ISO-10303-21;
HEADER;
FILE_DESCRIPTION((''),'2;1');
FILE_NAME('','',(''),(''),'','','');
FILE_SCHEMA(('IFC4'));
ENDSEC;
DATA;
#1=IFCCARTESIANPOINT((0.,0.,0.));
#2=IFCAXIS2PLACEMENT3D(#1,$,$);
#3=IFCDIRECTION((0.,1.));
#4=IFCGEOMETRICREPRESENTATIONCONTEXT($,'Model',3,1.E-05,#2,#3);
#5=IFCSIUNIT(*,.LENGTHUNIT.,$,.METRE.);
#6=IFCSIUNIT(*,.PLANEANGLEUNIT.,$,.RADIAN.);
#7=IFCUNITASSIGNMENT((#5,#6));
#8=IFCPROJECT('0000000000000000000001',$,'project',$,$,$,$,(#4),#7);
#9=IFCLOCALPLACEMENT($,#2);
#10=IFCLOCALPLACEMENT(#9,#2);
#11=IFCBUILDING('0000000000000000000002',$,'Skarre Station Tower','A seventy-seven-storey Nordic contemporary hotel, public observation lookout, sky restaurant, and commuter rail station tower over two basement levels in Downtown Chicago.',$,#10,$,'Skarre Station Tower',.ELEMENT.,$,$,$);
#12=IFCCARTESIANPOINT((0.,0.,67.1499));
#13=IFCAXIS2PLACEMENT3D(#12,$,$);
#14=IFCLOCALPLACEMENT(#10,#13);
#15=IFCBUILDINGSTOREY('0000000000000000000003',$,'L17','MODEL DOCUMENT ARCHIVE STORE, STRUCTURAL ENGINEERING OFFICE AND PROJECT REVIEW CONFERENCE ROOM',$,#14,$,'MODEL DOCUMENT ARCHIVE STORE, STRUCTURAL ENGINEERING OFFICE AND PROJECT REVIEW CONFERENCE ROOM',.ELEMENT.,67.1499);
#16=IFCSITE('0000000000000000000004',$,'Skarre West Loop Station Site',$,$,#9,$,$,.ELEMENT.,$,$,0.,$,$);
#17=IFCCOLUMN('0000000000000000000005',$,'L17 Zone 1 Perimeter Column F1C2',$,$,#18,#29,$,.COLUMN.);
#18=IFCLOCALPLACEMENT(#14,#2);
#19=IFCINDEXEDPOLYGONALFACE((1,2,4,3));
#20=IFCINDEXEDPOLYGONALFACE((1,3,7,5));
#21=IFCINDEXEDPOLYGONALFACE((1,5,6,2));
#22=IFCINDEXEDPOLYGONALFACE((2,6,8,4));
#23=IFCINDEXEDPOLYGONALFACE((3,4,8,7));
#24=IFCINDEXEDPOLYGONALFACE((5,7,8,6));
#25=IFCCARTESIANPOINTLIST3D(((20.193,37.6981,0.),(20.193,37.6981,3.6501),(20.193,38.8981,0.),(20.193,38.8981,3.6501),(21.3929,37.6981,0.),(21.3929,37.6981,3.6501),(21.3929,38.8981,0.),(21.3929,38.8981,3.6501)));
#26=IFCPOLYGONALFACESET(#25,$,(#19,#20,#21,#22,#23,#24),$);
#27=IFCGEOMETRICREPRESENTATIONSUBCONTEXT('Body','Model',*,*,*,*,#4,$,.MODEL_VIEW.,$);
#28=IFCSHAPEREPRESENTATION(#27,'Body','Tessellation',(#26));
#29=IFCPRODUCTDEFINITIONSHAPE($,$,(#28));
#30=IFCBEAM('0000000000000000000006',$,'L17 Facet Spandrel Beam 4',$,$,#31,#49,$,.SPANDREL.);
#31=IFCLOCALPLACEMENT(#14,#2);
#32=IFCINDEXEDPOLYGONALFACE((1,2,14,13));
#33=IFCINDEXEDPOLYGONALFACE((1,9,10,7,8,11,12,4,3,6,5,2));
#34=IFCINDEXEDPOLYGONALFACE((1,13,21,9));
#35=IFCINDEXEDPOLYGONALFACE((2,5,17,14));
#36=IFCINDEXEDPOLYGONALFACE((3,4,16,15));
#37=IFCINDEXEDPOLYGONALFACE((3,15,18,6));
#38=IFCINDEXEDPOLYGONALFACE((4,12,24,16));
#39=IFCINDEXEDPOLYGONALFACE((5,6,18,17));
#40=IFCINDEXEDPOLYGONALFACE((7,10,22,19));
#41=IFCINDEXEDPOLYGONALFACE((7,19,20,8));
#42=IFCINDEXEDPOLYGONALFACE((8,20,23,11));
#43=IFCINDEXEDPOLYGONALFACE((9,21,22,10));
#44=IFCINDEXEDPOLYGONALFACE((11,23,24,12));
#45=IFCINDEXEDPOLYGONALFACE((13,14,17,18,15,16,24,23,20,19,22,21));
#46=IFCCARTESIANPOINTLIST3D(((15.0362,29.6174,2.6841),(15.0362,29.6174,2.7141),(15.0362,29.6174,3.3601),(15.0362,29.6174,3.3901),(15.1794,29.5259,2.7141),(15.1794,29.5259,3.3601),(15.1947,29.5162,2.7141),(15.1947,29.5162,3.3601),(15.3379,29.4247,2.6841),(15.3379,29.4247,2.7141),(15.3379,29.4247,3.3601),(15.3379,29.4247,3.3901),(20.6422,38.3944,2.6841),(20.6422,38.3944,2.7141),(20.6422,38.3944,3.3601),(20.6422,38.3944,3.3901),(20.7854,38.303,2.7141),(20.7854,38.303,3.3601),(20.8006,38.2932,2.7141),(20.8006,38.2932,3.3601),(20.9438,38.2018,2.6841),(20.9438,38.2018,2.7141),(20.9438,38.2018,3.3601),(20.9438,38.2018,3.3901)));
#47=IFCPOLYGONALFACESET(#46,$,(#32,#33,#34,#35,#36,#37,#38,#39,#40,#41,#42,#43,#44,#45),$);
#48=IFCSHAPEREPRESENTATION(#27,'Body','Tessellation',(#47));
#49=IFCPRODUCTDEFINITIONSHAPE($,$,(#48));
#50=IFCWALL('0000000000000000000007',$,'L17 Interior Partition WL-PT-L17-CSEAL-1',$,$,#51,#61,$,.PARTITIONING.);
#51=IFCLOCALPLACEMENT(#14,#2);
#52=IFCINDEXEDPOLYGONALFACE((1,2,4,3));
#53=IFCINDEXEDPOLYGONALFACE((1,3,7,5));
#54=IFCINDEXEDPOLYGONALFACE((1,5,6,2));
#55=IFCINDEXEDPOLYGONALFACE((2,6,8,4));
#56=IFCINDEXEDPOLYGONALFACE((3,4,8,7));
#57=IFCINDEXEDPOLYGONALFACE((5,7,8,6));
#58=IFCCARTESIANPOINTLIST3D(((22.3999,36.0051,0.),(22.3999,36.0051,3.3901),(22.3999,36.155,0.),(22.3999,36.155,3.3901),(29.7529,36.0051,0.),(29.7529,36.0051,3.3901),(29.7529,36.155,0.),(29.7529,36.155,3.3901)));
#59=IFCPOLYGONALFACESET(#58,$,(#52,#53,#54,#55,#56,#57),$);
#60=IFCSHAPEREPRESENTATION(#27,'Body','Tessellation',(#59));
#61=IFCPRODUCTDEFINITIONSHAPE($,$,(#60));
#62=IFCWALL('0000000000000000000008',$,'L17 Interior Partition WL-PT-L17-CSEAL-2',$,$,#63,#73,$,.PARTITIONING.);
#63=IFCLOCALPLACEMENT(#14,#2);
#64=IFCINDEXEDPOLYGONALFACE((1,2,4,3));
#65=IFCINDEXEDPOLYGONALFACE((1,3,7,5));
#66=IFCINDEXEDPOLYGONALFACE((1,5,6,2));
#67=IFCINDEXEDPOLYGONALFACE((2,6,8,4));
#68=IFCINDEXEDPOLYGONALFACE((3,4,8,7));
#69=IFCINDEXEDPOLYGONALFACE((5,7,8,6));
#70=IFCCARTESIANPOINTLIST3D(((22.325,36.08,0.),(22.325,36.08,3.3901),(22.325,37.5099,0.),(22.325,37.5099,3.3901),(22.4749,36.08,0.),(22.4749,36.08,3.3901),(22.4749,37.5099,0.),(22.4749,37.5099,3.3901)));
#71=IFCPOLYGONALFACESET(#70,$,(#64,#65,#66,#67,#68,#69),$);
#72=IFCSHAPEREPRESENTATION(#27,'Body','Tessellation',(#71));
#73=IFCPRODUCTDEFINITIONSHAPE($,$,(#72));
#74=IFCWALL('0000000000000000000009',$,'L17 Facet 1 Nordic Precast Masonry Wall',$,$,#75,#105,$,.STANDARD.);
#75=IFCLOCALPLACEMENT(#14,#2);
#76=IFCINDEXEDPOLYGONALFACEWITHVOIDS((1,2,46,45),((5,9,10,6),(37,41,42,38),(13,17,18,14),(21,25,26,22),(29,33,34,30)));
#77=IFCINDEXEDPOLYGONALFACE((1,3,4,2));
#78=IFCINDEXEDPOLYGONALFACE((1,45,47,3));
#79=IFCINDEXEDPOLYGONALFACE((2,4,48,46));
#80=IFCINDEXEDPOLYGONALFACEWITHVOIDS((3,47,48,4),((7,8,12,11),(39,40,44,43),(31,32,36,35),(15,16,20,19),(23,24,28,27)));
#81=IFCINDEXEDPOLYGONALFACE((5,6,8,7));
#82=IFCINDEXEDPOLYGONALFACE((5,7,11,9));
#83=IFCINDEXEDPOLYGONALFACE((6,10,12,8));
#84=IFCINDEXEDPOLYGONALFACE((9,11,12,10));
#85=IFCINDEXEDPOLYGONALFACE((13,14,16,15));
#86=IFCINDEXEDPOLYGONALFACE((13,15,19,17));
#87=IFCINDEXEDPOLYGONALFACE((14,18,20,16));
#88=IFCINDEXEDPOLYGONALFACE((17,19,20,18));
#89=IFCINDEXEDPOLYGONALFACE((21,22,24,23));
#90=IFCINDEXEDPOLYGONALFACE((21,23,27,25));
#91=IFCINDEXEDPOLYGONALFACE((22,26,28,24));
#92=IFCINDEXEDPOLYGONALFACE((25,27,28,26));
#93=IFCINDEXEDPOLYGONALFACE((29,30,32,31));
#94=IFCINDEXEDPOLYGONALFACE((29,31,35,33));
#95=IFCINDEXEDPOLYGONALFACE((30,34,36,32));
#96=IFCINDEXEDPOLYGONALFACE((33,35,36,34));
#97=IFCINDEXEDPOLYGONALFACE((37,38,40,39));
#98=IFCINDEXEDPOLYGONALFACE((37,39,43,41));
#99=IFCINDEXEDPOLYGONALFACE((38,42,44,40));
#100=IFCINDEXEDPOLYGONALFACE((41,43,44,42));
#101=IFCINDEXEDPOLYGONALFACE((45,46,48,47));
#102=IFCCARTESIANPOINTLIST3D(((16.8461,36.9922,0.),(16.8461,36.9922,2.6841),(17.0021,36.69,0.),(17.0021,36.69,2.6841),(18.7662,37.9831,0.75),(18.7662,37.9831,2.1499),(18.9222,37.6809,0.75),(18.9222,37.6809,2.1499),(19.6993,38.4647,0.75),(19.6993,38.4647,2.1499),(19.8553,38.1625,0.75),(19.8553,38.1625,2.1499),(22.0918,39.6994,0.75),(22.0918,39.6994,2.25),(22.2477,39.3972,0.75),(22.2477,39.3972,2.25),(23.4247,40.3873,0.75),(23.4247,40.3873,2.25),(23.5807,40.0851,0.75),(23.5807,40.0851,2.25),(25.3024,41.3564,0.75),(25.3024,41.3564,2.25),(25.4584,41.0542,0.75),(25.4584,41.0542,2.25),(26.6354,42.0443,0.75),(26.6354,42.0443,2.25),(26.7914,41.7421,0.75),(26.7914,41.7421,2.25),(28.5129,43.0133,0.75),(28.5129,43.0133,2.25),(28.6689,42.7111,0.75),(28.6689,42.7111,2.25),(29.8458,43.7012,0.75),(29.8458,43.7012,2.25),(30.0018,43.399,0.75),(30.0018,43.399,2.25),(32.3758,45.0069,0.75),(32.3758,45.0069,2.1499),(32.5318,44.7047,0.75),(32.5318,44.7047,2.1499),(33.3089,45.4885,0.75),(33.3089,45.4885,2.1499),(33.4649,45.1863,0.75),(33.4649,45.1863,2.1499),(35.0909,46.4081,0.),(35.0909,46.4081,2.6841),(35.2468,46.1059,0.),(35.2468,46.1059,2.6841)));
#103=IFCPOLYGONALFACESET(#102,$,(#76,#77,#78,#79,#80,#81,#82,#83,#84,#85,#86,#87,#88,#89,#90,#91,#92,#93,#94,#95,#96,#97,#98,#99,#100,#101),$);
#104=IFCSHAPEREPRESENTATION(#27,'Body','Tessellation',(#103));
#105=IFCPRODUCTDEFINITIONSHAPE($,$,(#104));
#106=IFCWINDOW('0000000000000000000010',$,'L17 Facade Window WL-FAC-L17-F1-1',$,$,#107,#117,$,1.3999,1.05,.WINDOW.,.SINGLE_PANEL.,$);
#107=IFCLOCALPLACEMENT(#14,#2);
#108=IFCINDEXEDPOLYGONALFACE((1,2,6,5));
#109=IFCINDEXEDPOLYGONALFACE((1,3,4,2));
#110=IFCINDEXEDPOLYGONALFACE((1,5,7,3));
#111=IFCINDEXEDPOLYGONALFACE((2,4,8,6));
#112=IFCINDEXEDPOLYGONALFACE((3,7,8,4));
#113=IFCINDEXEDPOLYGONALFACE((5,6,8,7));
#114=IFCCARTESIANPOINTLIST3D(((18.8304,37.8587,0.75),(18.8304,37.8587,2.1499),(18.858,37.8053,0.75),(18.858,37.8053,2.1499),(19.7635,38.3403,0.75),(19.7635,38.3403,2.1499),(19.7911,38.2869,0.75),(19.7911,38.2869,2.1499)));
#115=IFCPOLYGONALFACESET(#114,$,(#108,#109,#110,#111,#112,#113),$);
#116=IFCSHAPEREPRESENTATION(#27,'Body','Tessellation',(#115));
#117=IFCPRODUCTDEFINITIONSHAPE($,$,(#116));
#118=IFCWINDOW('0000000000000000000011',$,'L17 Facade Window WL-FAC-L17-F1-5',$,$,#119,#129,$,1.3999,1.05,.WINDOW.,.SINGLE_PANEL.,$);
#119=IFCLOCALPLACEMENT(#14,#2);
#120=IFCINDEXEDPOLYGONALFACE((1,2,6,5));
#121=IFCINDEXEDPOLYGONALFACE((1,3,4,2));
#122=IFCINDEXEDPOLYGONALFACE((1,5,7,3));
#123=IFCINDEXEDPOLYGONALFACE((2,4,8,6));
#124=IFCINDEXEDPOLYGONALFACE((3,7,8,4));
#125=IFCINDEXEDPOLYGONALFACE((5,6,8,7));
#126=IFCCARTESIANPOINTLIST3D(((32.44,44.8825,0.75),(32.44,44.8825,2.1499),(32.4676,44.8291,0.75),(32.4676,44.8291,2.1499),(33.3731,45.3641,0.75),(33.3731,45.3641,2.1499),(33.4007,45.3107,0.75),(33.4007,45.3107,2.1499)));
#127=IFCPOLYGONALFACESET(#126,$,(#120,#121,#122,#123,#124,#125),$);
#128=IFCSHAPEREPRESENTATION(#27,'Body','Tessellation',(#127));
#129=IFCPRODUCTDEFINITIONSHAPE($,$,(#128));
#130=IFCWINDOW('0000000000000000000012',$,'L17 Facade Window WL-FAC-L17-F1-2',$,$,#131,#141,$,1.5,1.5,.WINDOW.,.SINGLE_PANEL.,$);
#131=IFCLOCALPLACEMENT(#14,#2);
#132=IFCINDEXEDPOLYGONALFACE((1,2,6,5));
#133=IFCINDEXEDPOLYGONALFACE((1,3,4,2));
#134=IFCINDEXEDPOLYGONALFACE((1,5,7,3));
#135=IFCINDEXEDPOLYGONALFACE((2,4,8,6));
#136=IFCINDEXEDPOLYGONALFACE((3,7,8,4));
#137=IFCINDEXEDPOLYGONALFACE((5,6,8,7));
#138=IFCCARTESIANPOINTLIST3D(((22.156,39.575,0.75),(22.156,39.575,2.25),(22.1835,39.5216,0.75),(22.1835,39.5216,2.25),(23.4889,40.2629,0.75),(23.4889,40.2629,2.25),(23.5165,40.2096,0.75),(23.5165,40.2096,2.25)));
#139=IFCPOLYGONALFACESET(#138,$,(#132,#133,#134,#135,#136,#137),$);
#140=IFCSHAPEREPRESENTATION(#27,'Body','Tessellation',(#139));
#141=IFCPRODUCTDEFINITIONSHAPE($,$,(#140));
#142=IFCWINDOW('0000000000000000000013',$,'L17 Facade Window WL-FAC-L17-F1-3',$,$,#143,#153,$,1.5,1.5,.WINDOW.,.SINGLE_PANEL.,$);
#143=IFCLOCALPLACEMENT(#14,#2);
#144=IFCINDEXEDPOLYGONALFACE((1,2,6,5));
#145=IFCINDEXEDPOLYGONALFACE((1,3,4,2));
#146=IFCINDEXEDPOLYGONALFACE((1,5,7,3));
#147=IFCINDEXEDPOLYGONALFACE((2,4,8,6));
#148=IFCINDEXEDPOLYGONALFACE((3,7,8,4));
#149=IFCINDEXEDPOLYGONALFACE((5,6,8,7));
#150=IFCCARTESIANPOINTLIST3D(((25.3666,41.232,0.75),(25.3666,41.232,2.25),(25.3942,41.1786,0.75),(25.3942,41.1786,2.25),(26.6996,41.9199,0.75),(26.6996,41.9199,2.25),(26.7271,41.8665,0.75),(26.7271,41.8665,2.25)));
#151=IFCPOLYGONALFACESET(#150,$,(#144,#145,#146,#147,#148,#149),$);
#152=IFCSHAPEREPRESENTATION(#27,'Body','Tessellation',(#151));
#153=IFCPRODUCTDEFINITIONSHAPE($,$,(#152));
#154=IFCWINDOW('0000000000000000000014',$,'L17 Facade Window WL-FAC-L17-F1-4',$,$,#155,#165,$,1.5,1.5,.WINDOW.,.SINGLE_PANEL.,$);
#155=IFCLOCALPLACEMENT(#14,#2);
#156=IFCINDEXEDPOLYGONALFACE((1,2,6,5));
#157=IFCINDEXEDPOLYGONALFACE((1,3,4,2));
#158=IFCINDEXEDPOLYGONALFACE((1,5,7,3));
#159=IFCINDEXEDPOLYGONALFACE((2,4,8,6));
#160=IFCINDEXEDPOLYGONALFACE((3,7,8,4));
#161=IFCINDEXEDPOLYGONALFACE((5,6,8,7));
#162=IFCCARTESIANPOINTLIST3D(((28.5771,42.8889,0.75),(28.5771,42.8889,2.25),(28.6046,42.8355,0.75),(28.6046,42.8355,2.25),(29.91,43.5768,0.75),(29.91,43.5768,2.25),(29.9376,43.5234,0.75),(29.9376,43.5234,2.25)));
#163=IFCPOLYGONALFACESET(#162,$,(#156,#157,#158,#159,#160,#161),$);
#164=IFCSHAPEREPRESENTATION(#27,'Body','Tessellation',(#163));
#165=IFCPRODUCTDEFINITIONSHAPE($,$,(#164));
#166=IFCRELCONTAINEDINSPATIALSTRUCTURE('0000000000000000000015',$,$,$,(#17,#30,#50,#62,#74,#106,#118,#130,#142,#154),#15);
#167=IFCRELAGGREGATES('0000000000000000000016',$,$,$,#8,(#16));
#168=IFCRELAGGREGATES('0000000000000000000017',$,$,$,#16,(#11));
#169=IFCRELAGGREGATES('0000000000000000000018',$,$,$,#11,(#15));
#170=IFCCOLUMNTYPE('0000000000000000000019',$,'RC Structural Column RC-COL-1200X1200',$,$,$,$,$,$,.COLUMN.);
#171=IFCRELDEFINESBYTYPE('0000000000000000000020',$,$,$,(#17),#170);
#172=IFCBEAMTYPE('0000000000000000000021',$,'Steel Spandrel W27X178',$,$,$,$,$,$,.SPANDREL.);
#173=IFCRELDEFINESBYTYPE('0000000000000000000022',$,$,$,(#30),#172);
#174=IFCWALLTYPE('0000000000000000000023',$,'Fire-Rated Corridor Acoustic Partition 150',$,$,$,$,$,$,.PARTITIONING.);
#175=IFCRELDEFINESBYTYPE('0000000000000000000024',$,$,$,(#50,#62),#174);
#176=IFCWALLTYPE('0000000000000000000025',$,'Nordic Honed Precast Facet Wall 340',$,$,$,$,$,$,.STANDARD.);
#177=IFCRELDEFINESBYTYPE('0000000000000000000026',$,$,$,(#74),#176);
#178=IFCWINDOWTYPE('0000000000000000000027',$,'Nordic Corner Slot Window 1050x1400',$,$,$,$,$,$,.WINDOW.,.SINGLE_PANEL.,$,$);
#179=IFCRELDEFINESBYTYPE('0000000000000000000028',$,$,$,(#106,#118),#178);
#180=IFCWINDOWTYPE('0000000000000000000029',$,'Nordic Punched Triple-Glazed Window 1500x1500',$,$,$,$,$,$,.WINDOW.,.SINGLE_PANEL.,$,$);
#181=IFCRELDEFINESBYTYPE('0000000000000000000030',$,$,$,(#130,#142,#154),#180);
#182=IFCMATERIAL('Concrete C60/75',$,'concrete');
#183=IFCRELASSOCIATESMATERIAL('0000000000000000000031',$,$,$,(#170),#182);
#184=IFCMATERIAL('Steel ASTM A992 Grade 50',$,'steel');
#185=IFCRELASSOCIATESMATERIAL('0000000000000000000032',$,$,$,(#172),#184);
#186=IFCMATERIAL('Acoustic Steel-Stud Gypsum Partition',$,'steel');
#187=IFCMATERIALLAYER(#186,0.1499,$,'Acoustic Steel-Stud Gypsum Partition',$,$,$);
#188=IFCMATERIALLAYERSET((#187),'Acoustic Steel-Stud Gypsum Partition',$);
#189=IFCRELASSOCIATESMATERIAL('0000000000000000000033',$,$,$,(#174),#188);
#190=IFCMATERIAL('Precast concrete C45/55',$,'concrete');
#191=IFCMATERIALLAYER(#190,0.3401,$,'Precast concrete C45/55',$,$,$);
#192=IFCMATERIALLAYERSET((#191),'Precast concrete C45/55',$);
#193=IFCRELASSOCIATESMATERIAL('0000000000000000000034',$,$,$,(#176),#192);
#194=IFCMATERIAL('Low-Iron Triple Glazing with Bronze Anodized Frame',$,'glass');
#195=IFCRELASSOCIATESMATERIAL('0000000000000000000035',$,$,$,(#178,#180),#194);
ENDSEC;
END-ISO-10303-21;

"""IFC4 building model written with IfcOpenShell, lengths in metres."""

from ifc_helpers import new_model, si_unit, direction, frame, frame_2d, origin, origin_2d, place, context, subcontext, project, spatial, rectangle, i_section, extrude, material, layer, layer_set, material_profile, profile_set, type_object, element, fill, save


model = new_model("IFC4")

# Units and contexts
model_context = context("Model", 3, precision=1e-05, world=origin(), true_north=direction((0.0, 1.0)))
body_context = subcontext(model_context, "Body", "Model", "MODEL_VIEW")
ifc_project = project(units=[si_unit("LENGTHUNIT", "METRE"), si_unit("PLANEANGLEUNIT", "RADIAN")], contexts=[model_context])

# Site, building, storey
site_placement = place(None, origin())
site = spatial("IfcSite", under=ifc_project, at=site_placement, Name="Skarre West Loop Station Site", CompositionType="ELEMENT", RefElevation=0.0)
building_placement = place(site_placement, origin())
building = spatial("IfcBuilding", under=site, at=building_placement, Name="Skarre Station Tower", Description="A seventy-seven-storey Nordic contemporary hotel, public observation lookout, sky restaurant, and commuter rail station tower over two basement levels in Downtown Chicago.", LongName="Skarre Station Tower", CompositionType="ELEMENT")
storey_placement = place(building_placement, frame((0.0, 0.0, 67.1499)))
storey = spatial("IfcBuildingStorey", under=building, at=storey_placement, Name="L17", Description="MODEL DOCUMENT ARCHIVE STORE, STRUCTURAL ENGINEERING OFFICE AND PROJECT REVIEW CONFERENCE ROOM", LongName="MODEL DOCUMENT ARCHIVE STORE, STRUCTURAL ENGINEERING OFFICE AND PROJECT REVIEW CONFERENCE ROOM", CompositionType="ELEMENT", Elevation=67.1499)

# Column
ifc_material_1 = material(Name="Concrete C60/75", Category="concrete")
ifc_material_profile_1 = material_profile(ifc_material_1, rectangle(XDim=1.2, YDim=1.2, at=origin_2d()), Name="Concrete C60/75")
ifc_profile_set_1 = profile_set([ifc_material_profile_1], Name="Concrete C60/75")
column_type = type_object("IfcColumnType", Name="RC Structural Column RC-COL-1200X1200", PredefinedType="COLUMN", material=ifc_profile_set_1)
column_placement = place(storey_placement, frame((20.793, 38.2981, 0.0), z_axis=(0.0, 0.0, 1.0), x_axis=(1.0, 0.0, 0.0)))
element("IfcColumn", 1, at=column_placement, inside=storey, type_object=column_type, Name="L17 Zone 1 Perimeter Column F1C2", PredefinedType="COLUMN", context=body_context, shape_type="SweptSolid", body=[
    extrude(rectangle(XDim=1.2, YDim=1.2, at=origin_2d()), origin(), (0.0, 0.0, 1.0), 3.6501),
])

# Beam
ifc_material_2 = material(Name="Steel ASTM A992 Grade 50", Category="steel")
ifc_material_profile_2 = material_profile(ifc_material_2, i_section(OverallWidth=0.3579, OverallDepth=0.7061, WebThickness=0.0181, FlangeThickness=0.03, at=origin_2d()), Name="Steel ASTM A992 Grade 50")
ifc_profile_set_2 = profile_set([ifc_material_profile_2], Name="Steel ASTM A992 Grade 50")
beam_type = type_object("IfcBeamType", Name="Steel Spandrel W27X178", PredefinedType="SPANDREL", material=ifc_profile_set_2)
beam_placement = place(storey_placement, frame((20.793, 38.2981, 3.0371), z_axis=(-0.538278, -0.842767, 0.0), x_axis=(0.842767, -0.538278, 0.0)))
element("IfcBeam", 2, at=beam_placement, inside=storey, type_object=beam_type, Name="L17 Facet Spandrel Beam 4", PredefinedType="SPANDREL", context=body_context, shape_type="SweptSolid", body=[
    extrude(i_section(OverallWidth=0.3579, OverallDepth=0.7061, WebThickness=0.0181, FlangeThickness=0.03, at=origin_2d()), origin(), (0.0, 0.0, 1.0), 10.4146),
])

# Walls
ifc_material_3 = material(Name="Acoustic Steel-Stud Gypsum Partition", Category="steel")
ifc_layer_1 = layer(ifc_material_3, 0.1499, Name="Acoustic Steel-Stud Gypsum Partition")
ifc_layer_set_1 = layer_set([ifc_layer_1], Name="Acoustic Steel-Stud Gypsum Partition")
wall_type_1 = type_object("IfcWallType", Name="Fire-Rated Corridor Acoustic Partition 150", PredefinedType="PARTITIONING", material=ifc_layer_set_1)
wall_1_placement = place(storey_placement, frame((29.7529, 36.0801, 0.0), z_axis=(0.0, 0.0, 1.0), x_axis=(-1.0, 0.0, 0.0)))
element("IfcWall", 3, at=wall_1_placement, inside=storey, type_object=wall_type_1, Name="L17 Interior Partition WL-PT-L17-CSEAL-1", PredefinedType="PARTITIONING", context=body_context, shape_type="SweptSolid", body=[
    extrude(rectangle(XDim=7.353, YDim=0.1499, at=frame_2d((3.6765, 0.0))), origin(), (0.0, 0.0, 1.0), 3.3901),
])
wall_2_placement = place(storey_placement, frame((22.3999, 36.0801, 0.0), z_axis=(0.0, 0.0, 1.0), x_axis=(0.0, 1.0, 0.0)))
element("IfcWall", 4, at=wall_2_placement, inside=storey, type_object=wall_type_1, Name="L17 Interior Partition WL-PT-L17-CSEAL-2", PredefinedType="PARTITIONING", context=body_context, shape_type="SweptSolid", body=[
    extrude(rectangle(XDim=1.4299, YDim=0.1499, at=frame_2d((0.7148, 0.0))), origin(), (0.0, 0.0, 1.0), 3.3901),
])

# Wall, openings, windows
ifc_material_4 = material(Name="Precast concrete C45/55", Category="concrete")
ifc_layer_2 = layer(ifc_material_4, 0.3401, Name="Precast concrete C45/55")
ifc_layer_set_2 = layer_set([ifc_layer_2], Name="Precast concrete C45/55")
wall_type_2 = type_object("IfcWallType", Name="Nordic Honed Precast Facet Wall 340", PredefinedType="STANDARD", material=ifc_layer_set_2)
wall_3_placement = place(storey_placement, frame((16.9241, 36.8411, 0.0), z_axis=(0.0, 0.0, 1.0), x_axis=(0.888634, 0.458616, 0.0)))
wall_3 = element("IfcWall", 5, at=wall_3_placement, inside=storey, type_object=wall_type_2, Name="L17 Facet 1 Nordic Precast Masonry Wall", PredefinedType="STANDARD", context=body_context, shape_type="SweptSolid", body=[
    extrude(rectangle(XDim=20.5312, YDim=0.3401, at=frame_2d((10.2656, 0.0))), origin(), (0.0, 0.0, 1.0), 2.6841),
])
opening_1_placement = place(wall_3_placement, frame((2.1609, 0.0, 0.75)))
opening_1 = element("IfcOpeningElement", 6, at=opening_1_placement, cuts=wall_3, PredefinedType="OPENING", context=body_context, shape_type="SweptSolid", body=[
    extrude(rectangle(XDim=1.05, YDim=1.3999, at=frame_2d((0.5249, 0.7))), frame((0.0, 0.1799, 0.0), z_axis=(0.0, -1.0, 0.0), x_axis=(1.0, 0.0, 0.0)), (0.0, 0.0, 1.0), 0.3601),
])
opening_2_placement = place(wall_3_placement, frame((5.9031, 0.0, 0.75)))
opening_2 = element("IfcOpeningElement", 7, at=opening_2_placement, cuts=wall_3, PredefinedType="OPENING", context=body_context, shape_type="SweptSolid", body=[
    extrude(rectangle(XDim=1.5, YDim=1.5, at=frame_2d((0.75, 0.75))), frame((0.0, 0.1799, 0.0), z_axis=(0.0, -1.0, 0.0), x_axis=(1.0, 0.0, 0.0)), (0.0, 0.0, 1.0), 0.3601),
])
opening_3_placement = place(wall_3_placement, frame((9.5161, 0.0, 0.75)))
opening_3 = element("IfcOpeningElement", 8, at=opening_3_placement, cuts=wall_3, PredefinedType="OPENING", context=body_context, shape_type="SweptSolid", body=[
    extrude(rectangle(XDim=1.5, YDim=1.5, at=frame_2d((0.75, 0.75))), frame((0.0, 0.1799, 0.0), z_axis=(0.0, -1.0, 0.0), x_axis=(1.0, 0.0, 0.0)), (0.0, 0.0, 1.0), 0.3601),
])
opening_4_placement = place(wall_3_placement, frame((13.1289, 0.0, 0.75)))
opening_4 = element("IfcOpeningElement", 9, at=opening_4_placement, cuts=wall_3, PredefinedType="OPENING", context=body_context, shape_type="SweptSolid", body=[
    extrude(rectangle(XDim=1.5, YDim=1.5, at=frame_2d((0.75, 0.75))), frame((0.0, 0.1799, 0.0), z_axis=(0.0, -1.0, 0.0), x_axis=(1.0, 0.0, 0.0)), (0.0, 0.0, 1.0), 0.3601),
])
opening_5_placement = place(wall_3_placement, frame((17.4761, 0.0, 0.75)))
opening_5 = element("IfcOpeningElement", 10, at=opening_5_placement, cuts=wall_3, PredefinedType="OPENING", context=body_context, shape_type="SweptSolid", body=[
    extrude(rectangle(XDim=1.05, YDim=1.3999, at=frame_2d((0.5249, 0.7))), frame((0.0, 0.1799, 0.0), z_axis=(0.0, -1.0, 0.0), x_axis=(1.0, 0.0, 0.0)), (0.0, 0.0, 1.0), 0.3601),
])
ifc_material_5 = material(Name="Low-Iron Triple Glazing with Bronze Anodized Frame", Category="glass")
window_type_1 = type_object("IfcWindowType", Name="Nordic Corner Slot Window 1050x1400", PartitioningType="SINGLE_PANEL", PredefinedType="WINDOW", material=ifc_material_5)
window_1_placement = place(opening_1_placement, origin())
window_1 = element("IfcWindow", 11, at=window_1_placement, inside=storey, type_object=window_type_1, Name="L17 Facade Window WL-FAC-L17-F1-1", OverallHeight=1.3999, OverallWidth=1.05, PartitioningType="SINGLE_PANEL", PredefinedType="WINDOW", context=body_context, shape_type="SweptSolid", body=[
    extrude(rectangle(XDim=1.05, YDim=1.3999, at=frame_2d((0.5249, 0.7))), frame((0.0, 0.03, 0.0), z_axis=(0.0, -1.0, 0.0), x_axis=(1.0, 0.0, 0.0)), (0.0, 0.0, 1.0), 0.0601),
])
fill(opening_1, window_1)
window_2_placement = place(opening_5_placement, origin())
window_2 = element("IfcWindow", 12, at=window_2_placement, inside=storey, type_object=window_type_1, Name="L17 Facade Window WL-FAC-L17-F1-5", OverallHeight=1.3999, OverallWidth=1.05, PartitioningType="SINGLE_PANEL", PredefinedType="WINDOW", context=body_context, shape_type="SweptSolid", body=[
    extrude(rectangle(XDim=1.05, YDim=1.3999, at=frame_2d((0.5249, 0.7))), frame((0.0, 0.03, 0.0), z_axis=(0.0, -1.0, 0.0), x_axis=(1.0, 0.0, 0.0)), (0.0, 0.0, 1.0), 0.0601),
])
fill(opening_5, window_2)
window_type_2 = type_object("IfcWindowType", Name="Nordic Punched Triple-Glazed Window 1500x1500", PartitioningType="SINGLE_PANEL", PredefinedType="WINDOW", material=ifc_material_5)
window_3_placement = place(opening_2_placement, origin())
window_3 = element("IfcWindow", 13, at=window_3_placement, inside=storey, type_object=window_type_2, Name="L17 Facade Window WL-FAC-L17-F1-2", OverallHeight=1.5, OverallWidth=1.5, PartitioningType="SINGLE_PANEL", PredefinedType="WINDOW", context=body_context, shape_type="SweptSolid", body=[
    extrude(rectangle(XDim=1.5, YDim=1.5, at=frame_2d((0.75, 0.75))), frame((0.0, 0.03, 0.0), z_axis=(0.0, -1.0, 0.0), x_axis=(1.0, 0.0, 0.0)), (0.0, 0.0, 1.0), 0.0601),
])
fill(opening_2, window_3)
window_4_placement = place(opening_3_placement, origin())
window_4 = element("IfcWindow", 14, at=window_4_placement, inside=storey, type_object=window_type_2, Name="L17 Facade Window WL-FAC-L17-F1-3", OverallHeight=1.5, OverallWidth=1.5, PartitioningType="SINGLE_PANEL", PredefinedType="WINDOW", context=body_context, shape_type="SweptSolid", body=[
    extrude(rectangle(XDim=1.5, YDim=1.5, at=frame_2d((0.75, 0.75))), frame((0.0, 0.03, 0.0), z_axis=(0.0, -1.0, 0.0), x_axis=(1.0, 0.0, 0.0)), (0.0, 0.0, 1.0), 0.0601),
])
fill(opening_3, window_4)
window_5_placement = place(opening_4_placement, origin())
window_5 = element("IfcWindow", 15, at=window_5_placement, inside=storey, type_object=window_type_2, Name="L17 Facade Window WL-FAC-L17-F1-4", OverallHeight=1.5, OverallWidth=1.5, PartitioningType="SINGLE_PANEL", PredefinedType="WINDOW", context=body_context, shape_type="SweptSolid", body=[
    extrude(rectangle(XDim=1.5, YDim=1.5, at=frame_2d((0.75, 0.75))), frame((0.0, 0.03, 0.0), z_axis=(0.0, -1.0, 0.0), x_axis=(1.0, 0.0, 0.0)), (0.0, 0.0, 1.0), 0.0601),
])
fill(opening_4, window_5)

save(model, "model.ifc")
